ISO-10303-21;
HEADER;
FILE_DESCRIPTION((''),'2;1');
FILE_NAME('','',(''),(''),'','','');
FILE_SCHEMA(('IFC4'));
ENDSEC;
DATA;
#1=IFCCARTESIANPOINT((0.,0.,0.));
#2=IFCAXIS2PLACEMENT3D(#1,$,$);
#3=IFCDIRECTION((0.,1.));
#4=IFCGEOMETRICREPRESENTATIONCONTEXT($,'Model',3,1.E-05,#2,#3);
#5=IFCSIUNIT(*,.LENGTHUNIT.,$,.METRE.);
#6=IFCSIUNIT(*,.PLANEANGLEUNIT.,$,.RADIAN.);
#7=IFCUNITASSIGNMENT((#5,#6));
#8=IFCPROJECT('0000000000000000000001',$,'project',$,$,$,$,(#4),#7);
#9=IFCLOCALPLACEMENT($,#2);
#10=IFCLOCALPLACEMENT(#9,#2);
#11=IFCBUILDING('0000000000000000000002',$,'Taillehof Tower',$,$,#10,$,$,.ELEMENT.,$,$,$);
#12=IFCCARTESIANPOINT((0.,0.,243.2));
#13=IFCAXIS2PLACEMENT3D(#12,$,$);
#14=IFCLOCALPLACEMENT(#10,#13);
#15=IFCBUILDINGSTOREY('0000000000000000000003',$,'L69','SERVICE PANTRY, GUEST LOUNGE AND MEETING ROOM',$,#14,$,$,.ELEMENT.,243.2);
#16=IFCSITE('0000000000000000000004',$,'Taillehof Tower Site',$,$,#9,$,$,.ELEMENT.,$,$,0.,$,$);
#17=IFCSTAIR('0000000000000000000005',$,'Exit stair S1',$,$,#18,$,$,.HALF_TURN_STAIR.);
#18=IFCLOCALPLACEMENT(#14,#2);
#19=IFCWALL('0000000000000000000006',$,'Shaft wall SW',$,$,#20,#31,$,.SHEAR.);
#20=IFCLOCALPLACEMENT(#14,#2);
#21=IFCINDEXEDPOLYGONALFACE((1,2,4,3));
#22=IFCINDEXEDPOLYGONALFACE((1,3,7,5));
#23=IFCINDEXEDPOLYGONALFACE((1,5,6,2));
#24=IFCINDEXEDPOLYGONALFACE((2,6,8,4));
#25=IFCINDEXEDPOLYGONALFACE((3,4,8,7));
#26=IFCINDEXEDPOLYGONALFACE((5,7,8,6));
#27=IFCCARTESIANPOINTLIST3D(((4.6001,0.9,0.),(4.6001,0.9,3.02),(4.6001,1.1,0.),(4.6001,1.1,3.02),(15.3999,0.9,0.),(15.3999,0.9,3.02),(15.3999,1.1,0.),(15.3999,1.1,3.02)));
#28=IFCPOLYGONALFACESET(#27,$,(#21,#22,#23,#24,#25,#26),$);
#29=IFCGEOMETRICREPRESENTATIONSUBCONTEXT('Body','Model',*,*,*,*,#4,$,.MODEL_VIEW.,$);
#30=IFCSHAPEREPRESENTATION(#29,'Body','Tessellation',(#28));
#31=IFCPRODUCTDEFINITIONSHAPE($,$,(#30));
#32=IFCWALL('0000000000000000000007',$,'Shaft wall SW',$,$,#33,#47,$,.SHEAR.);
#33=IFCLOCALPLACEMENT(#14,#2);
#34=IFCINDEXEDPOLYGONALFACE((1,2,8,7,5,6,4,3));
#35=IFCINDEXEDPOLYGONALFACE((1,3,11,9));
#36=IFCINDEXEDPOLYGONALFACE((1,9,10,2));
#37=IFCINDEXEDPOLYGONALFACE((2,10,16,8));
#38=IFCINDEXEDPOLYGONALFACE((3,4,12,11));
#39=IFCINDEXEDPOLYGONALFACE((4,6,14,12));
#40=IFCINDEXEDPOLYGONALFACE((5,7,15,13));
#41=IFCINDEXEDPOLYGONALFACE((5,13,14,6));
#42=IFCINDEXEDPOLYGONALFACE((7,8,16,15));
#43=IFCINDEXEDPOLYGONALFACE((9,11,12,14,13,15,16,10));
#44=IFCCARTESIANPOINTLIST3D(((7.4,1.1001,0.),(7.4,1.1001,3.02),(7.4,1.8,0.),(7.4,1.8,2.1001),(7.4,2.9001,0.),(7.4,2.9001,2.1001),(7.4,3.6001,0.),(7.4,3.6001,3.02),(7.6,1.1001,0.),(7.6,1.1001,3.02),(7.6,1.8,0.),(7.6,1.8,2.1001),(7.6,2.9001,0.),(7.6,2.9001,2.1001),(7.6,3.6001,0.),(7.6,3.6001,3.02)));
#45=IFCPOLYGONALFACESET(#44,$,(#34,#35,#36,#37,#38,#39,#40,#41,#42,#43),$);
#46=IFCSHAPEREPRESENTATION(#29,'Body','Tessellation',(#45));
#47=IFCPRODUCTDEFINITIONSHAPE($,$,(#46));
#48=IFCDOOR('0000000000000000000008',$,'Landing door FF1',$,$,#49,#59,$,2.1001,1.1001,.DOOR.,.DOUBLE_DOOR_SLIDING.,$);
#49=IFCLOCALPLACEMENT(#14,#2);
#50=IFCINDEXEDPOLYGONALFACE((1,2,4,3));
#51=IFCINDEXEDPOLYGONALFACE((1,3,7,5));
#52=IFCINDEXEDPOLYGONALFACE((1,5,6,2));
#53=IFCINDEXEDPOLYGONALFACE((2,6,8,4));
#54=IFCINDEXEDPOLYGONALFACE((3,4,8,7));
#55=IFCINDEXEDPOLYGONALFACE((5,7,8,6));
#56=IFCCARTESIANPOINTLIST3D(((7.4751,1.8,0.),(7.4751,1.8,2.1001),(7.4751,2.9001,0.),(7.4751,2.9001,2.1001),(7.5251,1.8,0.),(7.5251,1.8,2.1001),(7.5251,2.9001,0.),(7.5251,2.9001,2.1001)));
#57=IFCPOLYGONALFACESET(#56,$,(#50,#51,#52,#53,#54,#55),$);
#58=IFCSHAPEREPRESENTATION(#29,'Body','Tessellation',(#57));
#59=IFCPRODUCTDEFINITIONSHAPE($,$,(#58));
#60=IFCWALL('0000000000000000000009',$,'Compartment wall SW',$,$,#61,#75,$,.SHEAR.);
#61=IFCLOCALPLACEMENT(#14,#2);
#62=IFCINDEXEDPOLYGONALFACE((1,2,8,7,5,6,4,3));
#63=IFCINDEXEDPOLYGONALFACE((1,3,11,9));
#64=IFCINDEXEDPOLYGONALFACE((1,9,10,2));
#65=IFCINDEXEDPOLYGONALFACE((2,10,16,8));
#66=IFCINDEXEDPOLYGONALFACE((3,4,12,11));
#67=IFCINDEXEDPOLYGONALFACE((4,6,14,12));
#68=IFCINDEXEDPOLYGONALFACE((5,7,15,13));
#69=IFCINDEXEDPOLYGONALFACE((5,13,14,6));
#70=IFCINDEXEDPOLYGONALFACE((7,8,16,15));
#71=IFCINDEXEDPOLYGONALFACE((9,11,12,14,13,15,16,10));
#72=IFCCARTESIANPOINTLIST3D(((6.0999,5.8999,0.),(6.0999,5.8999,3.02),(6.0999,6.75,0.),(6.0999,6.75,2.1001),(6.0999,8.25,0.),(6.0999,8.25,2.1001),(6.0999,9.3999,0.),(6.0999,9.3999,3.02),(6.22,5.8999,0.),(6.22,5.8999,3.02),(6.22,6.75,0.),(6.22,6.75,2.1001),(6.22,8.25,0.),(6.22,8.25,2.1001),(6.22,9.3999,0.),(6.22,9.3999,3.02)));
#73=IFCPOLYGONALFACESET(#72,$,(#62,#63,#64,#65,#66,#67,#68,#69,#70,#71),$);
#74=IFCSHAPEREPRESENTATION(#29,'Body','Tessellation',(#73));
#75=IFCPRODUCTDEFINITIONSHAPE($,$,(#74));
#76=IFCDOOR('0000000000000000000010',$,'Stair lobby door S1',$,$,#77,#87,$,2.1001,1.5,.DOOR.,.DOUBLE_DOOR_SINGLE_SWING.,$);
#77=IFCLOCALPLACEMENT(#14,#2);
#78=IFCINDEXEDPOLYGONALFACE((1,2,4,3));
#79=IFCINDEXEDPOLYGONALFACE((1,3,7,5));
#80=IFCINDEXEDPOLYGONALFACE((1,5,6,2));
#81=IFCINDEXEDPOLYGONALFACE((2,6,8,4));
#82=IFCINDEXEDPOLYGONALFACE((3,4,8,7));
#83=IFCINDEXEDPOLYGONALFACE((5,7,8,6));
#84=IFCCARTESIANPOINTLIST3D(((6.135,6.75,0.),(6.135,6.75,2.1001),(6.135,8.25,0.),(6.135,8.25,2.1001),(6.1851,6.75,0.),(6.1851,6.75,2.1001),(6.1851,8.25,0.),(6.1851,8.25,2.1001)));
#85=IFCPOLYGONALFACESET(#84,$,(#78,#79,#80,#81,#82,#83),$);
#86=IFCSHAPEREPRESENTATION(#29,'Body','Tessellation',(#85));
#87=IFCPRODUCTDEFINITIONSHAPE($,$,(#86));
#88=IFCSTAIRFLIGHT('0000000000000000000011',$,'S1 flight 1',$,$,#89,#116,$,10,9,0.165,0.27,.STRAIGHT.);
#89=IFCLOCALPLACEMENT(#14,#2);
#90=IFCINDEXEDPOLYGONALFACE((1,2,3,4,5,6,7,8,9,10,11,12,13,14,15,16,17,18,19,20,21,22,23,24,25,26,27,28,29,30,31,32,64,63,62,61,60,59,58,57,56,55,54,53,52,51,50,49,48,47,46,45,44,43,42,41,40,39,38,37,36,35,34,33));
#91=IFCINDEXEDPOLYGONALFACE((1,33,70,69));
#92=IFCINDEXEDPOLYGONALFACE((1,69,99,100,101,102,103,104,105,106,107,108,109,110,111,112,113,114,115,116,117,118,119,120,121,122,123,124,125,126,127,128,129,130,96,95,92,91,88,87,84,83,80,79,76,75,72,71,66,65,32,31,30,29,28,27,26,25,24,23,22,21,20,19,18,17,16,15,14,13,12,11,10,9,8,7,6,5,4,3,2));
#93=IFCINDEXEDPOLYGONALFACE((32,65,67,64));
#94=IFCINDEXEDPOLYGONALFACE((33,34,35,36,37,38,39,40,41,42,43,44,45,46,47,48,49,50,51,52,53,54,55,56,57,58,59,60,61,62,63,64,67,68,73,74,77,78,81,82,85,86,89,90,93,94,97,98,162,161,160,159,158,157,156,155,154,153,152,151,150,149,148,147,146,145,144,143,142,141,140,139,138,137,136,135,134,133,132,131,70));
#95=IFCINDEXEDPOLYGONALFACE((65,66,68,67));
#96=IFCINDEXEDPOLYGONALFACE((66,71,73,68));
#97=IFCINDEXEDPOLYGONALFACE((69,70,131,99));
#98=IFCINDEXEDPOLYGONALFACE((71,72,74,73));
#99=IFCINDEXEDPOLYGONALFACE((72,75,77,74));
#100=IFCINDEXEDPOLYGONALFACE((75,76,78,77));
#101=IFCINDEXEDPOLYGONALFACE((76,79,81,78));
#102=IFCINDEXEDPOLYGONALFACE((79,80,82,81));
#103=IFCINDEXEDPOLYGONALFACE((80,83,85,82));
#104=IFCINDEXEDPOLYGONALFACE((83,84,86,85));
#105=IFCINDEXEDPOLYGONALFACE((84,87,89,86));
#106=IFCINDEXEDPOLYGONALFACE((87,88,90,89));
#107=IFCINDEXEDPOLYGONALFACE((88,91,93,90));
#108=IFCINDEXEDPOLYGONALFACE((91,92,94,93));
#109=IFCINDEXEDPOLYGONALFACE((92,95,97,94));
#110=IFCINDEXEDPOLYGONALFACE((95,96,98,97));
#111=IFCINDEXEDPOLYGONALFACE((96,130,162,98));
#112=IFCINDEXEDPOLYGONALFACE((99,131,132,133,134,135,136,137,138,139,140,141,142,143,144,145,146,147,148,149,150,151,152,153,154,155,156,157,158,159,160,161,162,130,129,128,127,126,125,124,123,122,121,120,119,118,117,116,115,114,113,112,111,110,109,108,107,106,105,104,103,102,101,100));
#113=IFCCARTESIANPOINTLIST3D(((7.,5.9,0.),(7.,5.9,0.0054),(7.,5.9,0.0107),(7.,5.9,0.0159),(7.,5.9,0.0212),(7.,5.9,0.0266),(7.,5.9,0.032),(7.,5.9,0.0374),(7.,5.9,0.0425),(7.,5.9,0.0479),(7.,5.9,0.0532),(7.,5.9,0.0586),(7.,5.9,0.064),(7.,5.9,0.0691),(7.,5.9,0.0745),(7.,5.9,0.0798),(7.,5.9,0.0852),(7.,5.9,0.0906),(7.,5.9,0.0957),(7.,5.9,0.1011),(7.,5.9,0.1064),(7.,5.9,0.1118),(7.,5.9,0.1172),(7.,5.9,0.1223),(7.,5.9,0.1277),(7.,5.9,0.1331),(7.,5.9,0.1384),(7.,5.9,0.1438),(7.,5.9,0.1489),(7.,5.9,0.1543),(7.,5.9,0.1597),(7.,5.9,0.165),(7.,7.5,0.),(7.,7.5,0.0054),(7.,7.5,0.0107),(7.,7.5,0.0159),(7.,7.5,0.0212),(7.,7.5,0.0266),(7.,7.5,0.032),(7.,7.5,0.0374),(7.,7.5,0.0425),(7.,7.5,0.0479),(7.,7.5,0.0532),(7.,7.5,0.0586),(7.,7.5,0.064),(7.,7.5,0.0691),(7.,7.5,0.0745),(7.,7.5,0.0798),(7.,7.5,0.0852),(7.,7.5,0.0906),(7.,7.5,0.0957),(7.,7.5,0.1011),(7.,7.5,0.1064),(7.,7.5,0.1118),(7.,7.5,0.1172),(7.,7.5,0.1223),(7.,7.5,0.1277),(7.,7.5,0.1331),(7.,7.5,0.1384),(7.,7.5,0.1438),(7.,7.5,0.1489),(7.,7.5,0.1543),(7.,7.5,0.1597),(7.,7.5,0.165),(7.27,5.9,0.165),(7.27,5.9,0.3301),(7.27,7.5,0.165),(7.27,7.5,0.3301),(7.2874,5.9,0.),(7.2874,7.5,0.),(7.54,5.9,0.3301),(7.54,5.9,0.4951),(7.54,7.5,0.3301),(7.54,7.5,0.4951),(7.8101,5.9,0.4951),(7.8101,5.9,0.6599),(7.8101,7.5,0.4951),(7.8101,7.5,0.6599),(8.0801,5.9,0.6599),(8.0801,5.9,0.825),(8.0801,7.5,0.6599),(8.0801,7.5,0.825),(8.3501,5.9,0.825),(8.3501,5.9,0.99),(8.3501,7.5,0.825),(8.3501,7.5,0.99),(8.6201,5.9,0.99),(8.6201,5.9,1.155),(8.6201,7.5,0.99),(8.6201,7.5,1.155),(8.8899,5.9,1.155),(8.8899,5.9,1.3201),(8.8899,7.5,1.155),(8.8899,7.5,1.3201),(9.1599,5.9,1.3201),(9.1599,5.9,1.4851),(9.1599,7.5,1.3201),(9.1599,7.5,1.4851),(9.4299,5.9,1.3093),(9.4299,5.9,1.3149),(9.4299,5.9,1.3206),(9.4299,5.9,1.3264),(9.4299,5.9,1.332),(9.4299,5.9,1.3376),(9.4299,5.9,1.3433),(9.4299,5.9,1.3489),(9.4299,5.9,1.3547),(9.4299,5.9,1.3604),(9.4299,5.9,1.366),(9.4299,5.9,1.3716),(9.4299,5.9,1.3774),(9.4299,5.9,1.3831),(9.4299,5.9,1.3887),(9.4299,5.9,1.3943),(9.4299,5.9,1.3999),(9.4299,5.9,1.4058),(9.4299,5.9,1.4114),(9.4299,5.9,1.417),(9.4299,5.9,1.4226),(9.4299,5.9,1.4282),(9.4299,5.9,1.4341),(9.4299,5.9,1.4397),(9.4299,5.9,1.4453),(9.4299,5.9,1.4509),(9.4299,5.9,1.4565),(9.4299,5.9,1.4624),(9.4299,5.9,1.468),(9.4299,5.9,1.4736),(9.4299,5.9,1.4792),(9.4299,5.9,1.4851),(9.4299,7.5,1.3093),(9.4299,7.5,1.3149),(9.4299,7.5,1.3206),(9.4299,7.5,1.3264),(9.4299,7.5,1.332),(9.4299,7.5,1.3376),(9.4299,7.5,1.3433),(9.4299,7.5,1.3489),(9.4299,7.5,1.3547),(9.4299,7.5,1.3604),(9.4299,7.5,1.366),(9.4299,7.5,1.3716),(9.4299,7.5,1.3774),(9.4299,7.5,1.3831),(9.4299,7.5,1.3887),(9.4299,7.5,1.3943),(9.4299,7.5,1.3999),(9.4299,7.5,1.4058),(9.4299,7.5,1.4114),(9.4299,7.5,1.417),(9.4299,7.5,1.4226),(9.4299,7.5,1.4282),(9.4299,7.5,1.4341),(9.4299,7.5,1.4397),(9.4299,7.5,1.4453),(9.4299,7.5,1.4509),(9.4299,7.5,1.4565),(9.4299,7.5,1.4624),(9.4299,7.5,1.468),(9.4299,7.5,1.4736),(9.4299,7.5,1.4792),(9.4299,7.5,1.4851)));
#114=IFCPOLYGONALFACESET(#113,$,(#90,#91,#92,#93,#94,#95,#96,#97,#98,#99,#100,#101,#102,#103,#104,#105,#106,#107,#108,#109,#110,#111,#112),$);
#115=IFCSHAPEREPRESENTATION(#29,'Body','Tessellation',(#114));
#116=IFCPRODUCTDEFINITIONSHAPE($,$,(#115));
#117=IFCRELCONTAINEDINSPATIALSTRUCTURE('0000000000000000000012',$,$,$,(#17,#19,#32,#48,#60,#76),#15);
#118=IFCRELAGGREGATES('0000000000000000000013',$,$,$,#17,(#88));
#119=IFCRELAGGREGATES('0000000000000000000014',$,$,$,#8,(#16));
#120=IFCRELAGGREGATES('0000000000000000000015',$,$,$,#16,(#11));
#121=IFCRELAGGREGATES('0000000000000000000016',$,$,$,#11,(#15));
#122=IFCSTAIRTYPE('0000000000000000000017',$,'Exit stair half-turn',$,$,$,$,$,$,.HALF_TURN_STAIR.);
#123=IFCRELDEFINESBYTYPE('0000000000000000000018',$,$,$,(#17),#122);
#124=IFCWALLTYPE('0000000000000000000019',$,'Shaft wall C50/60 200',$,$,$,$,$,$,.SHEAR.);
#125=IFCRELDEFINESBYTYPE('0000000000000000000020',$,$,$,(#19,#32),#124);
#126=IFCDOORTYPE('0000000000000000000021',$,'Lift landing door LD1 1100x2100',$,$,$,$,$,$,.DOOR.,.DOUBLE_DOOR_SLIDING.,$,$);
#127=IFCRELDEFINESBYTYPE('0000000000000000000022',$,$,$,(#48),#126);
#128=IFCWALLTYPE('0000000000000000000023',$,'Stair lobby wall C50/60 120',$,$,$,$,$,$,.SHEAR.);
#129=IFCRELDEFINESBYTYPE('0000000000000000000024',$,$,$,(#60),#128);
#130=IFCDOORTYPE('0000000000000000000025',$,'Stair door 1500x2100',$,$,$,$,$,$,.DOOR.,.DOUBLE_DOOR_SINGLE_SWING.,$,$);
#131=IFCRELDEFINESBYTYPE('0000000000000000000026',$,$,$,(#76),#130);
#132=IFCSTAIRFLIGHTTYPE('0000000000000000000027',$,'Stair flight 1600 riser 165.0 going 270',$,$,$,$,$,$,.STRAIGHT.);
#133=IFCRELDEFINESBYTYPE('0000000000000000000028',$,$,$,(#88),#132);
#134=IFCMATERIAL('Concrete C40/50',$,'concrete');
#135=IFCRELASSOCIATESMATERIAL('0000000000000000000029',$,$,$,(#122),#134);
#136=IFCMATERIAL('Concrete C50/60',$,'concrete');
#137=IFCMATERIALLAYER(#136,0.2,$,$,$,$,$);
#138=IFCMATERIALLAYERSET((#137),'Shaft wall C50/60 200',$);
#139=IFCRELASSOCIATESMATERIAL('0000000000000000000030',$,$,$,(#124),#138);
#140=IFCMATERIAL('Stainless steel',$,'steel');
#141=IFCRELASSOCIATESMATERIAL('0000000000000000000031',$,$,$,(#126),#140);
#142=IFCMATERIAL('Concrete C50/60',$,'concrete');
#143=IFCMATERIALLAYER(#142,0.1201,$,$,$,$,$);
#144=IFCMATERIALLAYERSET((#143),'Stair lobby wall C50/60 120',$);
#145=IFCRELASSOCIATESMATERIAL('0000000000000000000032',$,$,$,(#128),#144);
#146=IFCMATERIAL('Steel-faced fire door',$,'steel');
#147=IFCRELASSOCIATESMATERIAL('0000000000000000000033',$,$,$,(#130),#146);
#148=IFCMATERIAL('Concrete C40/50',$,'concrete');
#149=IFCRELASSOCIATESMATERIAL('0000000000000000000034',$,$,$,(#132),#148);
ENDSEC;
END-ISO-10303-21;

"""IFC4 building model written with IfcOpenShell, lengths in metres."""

from ifc_helpers import new_model, si_unit, direction, frame, frame_2d, origin, place, context, subcontext, project, spatial, polyline, rectangle, outline, extrude, material, layer, layer_set, type_object, element, fill, aggregate, save


model = new_model("IFC4")

# Units and contexts
model_context = context("Model", 3, precision=1e-05, world=origin(), true_north=direction((0.0, 1.0)))
body_context = subcontext(model_context, "Body", "Model", "MODEL_VIEW")
ifc_project = project(units=[si_unit("LENGTHUNIT", "METRE"), si_unit("PLANEANGLEUNIT", "RADIAN")], contexts=[model_context])

# Site, building, storey
site_placement = place(None, origin())
site = spatial("IfcSite", under=ifc_project, at=site_placement, Name="Taillehof Tower Site", CompositionType="ELEMENT", RefElevation=0.0)
building_placement = place(site_placement, origin())
building = spatial("IfcBuilding", under=site, at=building_placement, Name="Taillehof Tower", CompositionType="ELEMENT")
storey_placement = place(building_placement, frame((0.0, 0.0, 243.2)))
storey = spatial("IfcBuildingStorey", under=building, at=storey_placement, Name="L69", Description="SERVICE PANTRY, GUEST LOUNGE AND MEETING ROOM", CompositionType="ELEMENT", Elevation=243.2)

# Stair
ifc_material_1 = material(Name="Concrete C40/50", Category="concrete")
stair_type = type_object("IfcStairType", Name="Exit stair half-turn", PredefinedType="HALF_TURN_STAIR", material=ifc_material_1)
stair_1_placement = place(storey_placement, origin())
stair_1 = element("IfcStair", 1, at=stair_1_placement, inside=storey, type_object=stair_type, Name="Exit stair S1", PredefinedType="HALF_TURN_STAIR")

# Shared definitions
ifc_material_2 = material(Name="Concrete C50/60", Category="concrete")
ifc_layer_1 = layer(ifc_material_2, 0.2)
ifc_layer_set_1 = layer_set([ifc_layer_1], Name="Shaft wall C50/60 200")
wall_type_1 = type_object("IfcWallType", Name="Shaft wall C50/60 200", PredefinedType="SHEAR", material=ifc_layer_set_1)
ifc_material_3 = material(Name="Stainless steel", Category="steel")
door_type_1 = type_object("IfcDoorType", Name="Lift landing door LD1 1100x2100", OperationType="DOUBLE_DOOR_SLIDING", PredefinedType="DOOR", material=ifc_material_3)

# Wall
wall_1_placement = place(storey_placement, frame((4.6001, 1.0, 0.0), z_axis=(0.0, 0.0, 1.0), x_axis=(1.0, 0.0, 0.0)))
element("IfcWall", 2, at=wall_1_placement, inside=storey, type_object=wall_type_1, Name="Shaft wall SW", PredefinedType="SHEAR", context=body_context, shape_type="SweptSolid", body=[
    extrude(rectangle(XDim=10.7998, YDim=0.2, at=frame_2d((5.3999, 0.0))), origin(), (0.0, 0.0, 1.0), 3.02),
])

# Walls, openings, doors
wall_2_placement = place(storey_placement, frame((7.5, 1.1001, 0.0), z_axis=(0.0, 0.0, 1.0), x_axis=(0.0, 1.0, 0.0)))
wall_2 = element("IfcWall", 3, at=wall_2_placement, inside=storey, type_object=wall_type_1, Name="Shaft wall SW", PredefinedType="SHEAR", context=body_context, shape_type="SweptSolid", body=[
    extrude(rectangle(XDim=2.5, YDim=0.2, at=frame_2d((1.25, 0.0))), origin(), (0.0, 0.0, 1.0), 3.02),
])
opening_1_placement = place(wall_2_placement, frame((0.7, 0.0, 0.0)))
opening_1 = element("IfcOpeningElement", 4, at=opening_1_placement, cuts=wall_2, PredefinedType="OPENING", context=body_context, shape_type="SweptSolid", body=[
    extrude(rectangle(XDim=1.1001, YDim=2.1001, at=frame_2d((0.55, 1.05))), frame((0.0, 0.1099, 0.0), z_axis=(0.0, -1.0, 0.0), x_axis=(1.0, 0.0, 0.0)), (0.0, 0.0, 1.0), 0.22),
])
door_1_placement = place(opening_1_placement, origin())
door_1 = element("IfcDoor", 5, at=door_1_placement, inside=storey, type_object=door_type_1, Name="Landing door FF1", OperationType="DOUBLE_DOOR_SLIDING", OverallHeight=2.1001, OverallWidth=1.1001, PredefinedType="DOOR", context=body_context, shape_type="SweptSolid", body=[
    extrude(rectangle(XDim=1.1001, YDim=2.1001, at=frame_2d((0.55, 1.05))), frame((0.0, 0.0249, 0.0), z_axis=(0.0, -1.0, 0.0), x_axis=(1.0, 0.0, 0.0)), (0.0, 0.0, 1.0), 0.05),
])
fill(opening_1, door_1)
ifc_material_4 = material(Name="Concrete C50/60", Category="concrete")
ifc_layer_2 = layer(ifc_material_4, 0.1201)
ifc_layer_set_2 = layer_set([ifc_layer_2], Name="Stair lobby wall C50/60 120")
wall_type_2 = type_object("IfcWallType", Name="Stair lobby wall C50/60 120", PredefinedType="SHEAR", material=ifc_layer_set_2)
wall_3_placement = place(storey_placement, frame((6.1599, 5.8999, 0.0), z_axis=(0.0, 0.0, 1.0), x_axis=(0.0, 1.0, 0.0)))
wall_3 = element("IfcWall", 6, at=wall_3_placement, inside=storey, type_object=wall_type_2, Name="Compartment wall SW", PredefinedType="SHEAR", context=body_context, shape_type="SweptSolid", body=[
    extrude(rectangle(XDim=3.5, YDim=0.1201, at=frame_2d((1.75, 0.0))), origin(), (0.0, 0.0, 1.0), 3.02),
])
opening_2_placement = place(wall_3_placement, frame((0.8501, 0.0, 0.0)))
opening_2 = element("IfcOpeningElement", 7, at=opening_2_placement, cuts=wall_3, PredefinedType="OPENING", context=body_context, shape_type="SweptSolid", body=[
    extrude(rectangle(XDim=1.5, YDim=2.1001, at=frame_2d((0.75, 1.05))), frame((0.0, 0.0701, 0.0), z_axis=(0.0, -1.0, 0.0), x_axis=(1.0, 0.0, 0.0)), (0.0, 0.0, 1.0), 0.1401),
])
ifc_material_5 = material(Name="Steel-faced fire door", Category="steel")
door_type_2 = type_object("IfcDoorType", Name="Stair door 1500x2100", OperationType="DOUBLE_DOOR_SINGLE_SWING", PredefinedType="DOOR", material=ifc_material_5)
door_2_placement = place(opening_2_placement, origin())
door_2 = element("IfcDoor", 8, at=door_2_placement, inside=storey, type_object=door_type_2, Name="Stair lobby door S1", OperationType="DOUBLE_DOOR_SINGLE_SWING", OverallHeight=2.1001, OverallWidth=1.5, PredefinedType="DOOR", context=body_context, shape_type="SweptSolid", body=[
    extrude(rectangle(XDim=1.5, YDim=2.1001, at=frame_2d((0.75, 1.05))), frame((0.0, 0.0249, 0.0), z_axis=(0.0, -1.0, 0.0), x_axis=(1.0, 0.0, 0.0)), (0.0, 0.0, 1.0), 0.05),
])
fill(opening_2, door_2)

# Stair flight
ifc_material_6 = material(Name="Concrete C40/50", Category="concrete")
stair_flight_type = type_object("IfcStairFlightType", Name="Stair flight 1600 riser 165.0 going 270", PredefinedType="STRAIGHT", material=ifc_material_6)
stair_flight_placement = place(storey_placement, frame((7.0, 6.7, 0.0), z_axis=(0.0, 0.0, 1.0), x_axis=(1.0, 0.0, 0.0)))
stair_flight = element("IfcStairFlight", 9, at=stair_flight_placement, type_object=stair_flight_type, Name="S1 flight 1", NumberOfRisers=10, NumberOfTreads=9, PredefinedType="STRAIGHT", RiserHeight=0.165, TreadLength=0.27, context=body_context, shape_type="SweptSolid", body=[
    extrude(outline(polyline([(0.0, 0.0), (0.0, 0.0054), (0.0, 0.0107), (0.0, 0.0159), (0.0, 0.0212), (0.0, 0.0266), (0.0, 0.032), (0.0, 0.0374), (0.0, 0.0425), (0.0, 0.0479), (0.0, 0.0532), (0.0, 0.0586), (0.0, 0.064), (0.0, 0.0691), (0.0, 0.0745), (0.0, 0.0798), (0.0, 0.0852), (0.0, 0.0906), (0.0, 0.0957), (0.0, 0.1011), (0.0, 0.1064), (0.0, 0.1118), (0.0, 0.1172), (0.0, 0.1223), (0.0, 0.1277), (0.0, 0.1331), (0.0, 0.1384), (0.0, 0.1438), (0.0, 0.1489), (0.0, 0.1543), (0.0, 0.1597), (0.0, 0.165), (0.27, 0.165), (0.27, 0.3301), (0.54, 0.3301), (0.54, 0.4951), (0.8101, 0.4951), (0.8101, 0.6599), (1.0801, 0.6599), (1.0801, 0.825), (1.3501, 0.825), (1.3501, 0.99), (1.6201, 0.99), (1.6201, 1.155), (1.8899, 1.155), (1.8899, 1.3201), (2.1599, 1.3201), (2.1599, 1.4851), (2.4299, 1.4851), (2.4299, 1.4792), (2.4299, 1.4736), (2.4299, 1.468), (2.4299, 1.4624), (2.4299, 1.4565), (2.4299, 1.4509), (2.4299, 1.4453), (2.4299, 1.4397), (2.4299, 1.4341), (2.4299, 1.4282), (2.4299, 1.4226), (2.4299, 1.417), (2.4299, 1.4114), (2.4299, 1.4058), (2.4299, 1.3999), (2.4299, 1.3943), (2.4299, 1.3887), (2.4299, 1.3831), (2.4299, 1.3774), (2.4299, 1.3716), (2.4299, 1.366), (2.4299, 1.3604), (2.4299, 1.3547), (2.4299, 1.3489), (2.4299, 1.3433), (2.4299, 1.3376), (2.4299, 1.332), (2.4299, 1.3264), (2.4299, 1.3206), (2.4299, 1.3149), (2.4299, 1.3093), (0.2874, 0.0), (0.0, 0.0)])), frame((0.0, 0.8, 0.0), z_axis=(0.0, -1.0, 0.0), x_axis=(1.0, 0.0, 0.0)), (0.0, 0.0, 1.0), 1.6),
])
aggregate(stair_1, [stair_flight])

save(model, "model.ifc")
